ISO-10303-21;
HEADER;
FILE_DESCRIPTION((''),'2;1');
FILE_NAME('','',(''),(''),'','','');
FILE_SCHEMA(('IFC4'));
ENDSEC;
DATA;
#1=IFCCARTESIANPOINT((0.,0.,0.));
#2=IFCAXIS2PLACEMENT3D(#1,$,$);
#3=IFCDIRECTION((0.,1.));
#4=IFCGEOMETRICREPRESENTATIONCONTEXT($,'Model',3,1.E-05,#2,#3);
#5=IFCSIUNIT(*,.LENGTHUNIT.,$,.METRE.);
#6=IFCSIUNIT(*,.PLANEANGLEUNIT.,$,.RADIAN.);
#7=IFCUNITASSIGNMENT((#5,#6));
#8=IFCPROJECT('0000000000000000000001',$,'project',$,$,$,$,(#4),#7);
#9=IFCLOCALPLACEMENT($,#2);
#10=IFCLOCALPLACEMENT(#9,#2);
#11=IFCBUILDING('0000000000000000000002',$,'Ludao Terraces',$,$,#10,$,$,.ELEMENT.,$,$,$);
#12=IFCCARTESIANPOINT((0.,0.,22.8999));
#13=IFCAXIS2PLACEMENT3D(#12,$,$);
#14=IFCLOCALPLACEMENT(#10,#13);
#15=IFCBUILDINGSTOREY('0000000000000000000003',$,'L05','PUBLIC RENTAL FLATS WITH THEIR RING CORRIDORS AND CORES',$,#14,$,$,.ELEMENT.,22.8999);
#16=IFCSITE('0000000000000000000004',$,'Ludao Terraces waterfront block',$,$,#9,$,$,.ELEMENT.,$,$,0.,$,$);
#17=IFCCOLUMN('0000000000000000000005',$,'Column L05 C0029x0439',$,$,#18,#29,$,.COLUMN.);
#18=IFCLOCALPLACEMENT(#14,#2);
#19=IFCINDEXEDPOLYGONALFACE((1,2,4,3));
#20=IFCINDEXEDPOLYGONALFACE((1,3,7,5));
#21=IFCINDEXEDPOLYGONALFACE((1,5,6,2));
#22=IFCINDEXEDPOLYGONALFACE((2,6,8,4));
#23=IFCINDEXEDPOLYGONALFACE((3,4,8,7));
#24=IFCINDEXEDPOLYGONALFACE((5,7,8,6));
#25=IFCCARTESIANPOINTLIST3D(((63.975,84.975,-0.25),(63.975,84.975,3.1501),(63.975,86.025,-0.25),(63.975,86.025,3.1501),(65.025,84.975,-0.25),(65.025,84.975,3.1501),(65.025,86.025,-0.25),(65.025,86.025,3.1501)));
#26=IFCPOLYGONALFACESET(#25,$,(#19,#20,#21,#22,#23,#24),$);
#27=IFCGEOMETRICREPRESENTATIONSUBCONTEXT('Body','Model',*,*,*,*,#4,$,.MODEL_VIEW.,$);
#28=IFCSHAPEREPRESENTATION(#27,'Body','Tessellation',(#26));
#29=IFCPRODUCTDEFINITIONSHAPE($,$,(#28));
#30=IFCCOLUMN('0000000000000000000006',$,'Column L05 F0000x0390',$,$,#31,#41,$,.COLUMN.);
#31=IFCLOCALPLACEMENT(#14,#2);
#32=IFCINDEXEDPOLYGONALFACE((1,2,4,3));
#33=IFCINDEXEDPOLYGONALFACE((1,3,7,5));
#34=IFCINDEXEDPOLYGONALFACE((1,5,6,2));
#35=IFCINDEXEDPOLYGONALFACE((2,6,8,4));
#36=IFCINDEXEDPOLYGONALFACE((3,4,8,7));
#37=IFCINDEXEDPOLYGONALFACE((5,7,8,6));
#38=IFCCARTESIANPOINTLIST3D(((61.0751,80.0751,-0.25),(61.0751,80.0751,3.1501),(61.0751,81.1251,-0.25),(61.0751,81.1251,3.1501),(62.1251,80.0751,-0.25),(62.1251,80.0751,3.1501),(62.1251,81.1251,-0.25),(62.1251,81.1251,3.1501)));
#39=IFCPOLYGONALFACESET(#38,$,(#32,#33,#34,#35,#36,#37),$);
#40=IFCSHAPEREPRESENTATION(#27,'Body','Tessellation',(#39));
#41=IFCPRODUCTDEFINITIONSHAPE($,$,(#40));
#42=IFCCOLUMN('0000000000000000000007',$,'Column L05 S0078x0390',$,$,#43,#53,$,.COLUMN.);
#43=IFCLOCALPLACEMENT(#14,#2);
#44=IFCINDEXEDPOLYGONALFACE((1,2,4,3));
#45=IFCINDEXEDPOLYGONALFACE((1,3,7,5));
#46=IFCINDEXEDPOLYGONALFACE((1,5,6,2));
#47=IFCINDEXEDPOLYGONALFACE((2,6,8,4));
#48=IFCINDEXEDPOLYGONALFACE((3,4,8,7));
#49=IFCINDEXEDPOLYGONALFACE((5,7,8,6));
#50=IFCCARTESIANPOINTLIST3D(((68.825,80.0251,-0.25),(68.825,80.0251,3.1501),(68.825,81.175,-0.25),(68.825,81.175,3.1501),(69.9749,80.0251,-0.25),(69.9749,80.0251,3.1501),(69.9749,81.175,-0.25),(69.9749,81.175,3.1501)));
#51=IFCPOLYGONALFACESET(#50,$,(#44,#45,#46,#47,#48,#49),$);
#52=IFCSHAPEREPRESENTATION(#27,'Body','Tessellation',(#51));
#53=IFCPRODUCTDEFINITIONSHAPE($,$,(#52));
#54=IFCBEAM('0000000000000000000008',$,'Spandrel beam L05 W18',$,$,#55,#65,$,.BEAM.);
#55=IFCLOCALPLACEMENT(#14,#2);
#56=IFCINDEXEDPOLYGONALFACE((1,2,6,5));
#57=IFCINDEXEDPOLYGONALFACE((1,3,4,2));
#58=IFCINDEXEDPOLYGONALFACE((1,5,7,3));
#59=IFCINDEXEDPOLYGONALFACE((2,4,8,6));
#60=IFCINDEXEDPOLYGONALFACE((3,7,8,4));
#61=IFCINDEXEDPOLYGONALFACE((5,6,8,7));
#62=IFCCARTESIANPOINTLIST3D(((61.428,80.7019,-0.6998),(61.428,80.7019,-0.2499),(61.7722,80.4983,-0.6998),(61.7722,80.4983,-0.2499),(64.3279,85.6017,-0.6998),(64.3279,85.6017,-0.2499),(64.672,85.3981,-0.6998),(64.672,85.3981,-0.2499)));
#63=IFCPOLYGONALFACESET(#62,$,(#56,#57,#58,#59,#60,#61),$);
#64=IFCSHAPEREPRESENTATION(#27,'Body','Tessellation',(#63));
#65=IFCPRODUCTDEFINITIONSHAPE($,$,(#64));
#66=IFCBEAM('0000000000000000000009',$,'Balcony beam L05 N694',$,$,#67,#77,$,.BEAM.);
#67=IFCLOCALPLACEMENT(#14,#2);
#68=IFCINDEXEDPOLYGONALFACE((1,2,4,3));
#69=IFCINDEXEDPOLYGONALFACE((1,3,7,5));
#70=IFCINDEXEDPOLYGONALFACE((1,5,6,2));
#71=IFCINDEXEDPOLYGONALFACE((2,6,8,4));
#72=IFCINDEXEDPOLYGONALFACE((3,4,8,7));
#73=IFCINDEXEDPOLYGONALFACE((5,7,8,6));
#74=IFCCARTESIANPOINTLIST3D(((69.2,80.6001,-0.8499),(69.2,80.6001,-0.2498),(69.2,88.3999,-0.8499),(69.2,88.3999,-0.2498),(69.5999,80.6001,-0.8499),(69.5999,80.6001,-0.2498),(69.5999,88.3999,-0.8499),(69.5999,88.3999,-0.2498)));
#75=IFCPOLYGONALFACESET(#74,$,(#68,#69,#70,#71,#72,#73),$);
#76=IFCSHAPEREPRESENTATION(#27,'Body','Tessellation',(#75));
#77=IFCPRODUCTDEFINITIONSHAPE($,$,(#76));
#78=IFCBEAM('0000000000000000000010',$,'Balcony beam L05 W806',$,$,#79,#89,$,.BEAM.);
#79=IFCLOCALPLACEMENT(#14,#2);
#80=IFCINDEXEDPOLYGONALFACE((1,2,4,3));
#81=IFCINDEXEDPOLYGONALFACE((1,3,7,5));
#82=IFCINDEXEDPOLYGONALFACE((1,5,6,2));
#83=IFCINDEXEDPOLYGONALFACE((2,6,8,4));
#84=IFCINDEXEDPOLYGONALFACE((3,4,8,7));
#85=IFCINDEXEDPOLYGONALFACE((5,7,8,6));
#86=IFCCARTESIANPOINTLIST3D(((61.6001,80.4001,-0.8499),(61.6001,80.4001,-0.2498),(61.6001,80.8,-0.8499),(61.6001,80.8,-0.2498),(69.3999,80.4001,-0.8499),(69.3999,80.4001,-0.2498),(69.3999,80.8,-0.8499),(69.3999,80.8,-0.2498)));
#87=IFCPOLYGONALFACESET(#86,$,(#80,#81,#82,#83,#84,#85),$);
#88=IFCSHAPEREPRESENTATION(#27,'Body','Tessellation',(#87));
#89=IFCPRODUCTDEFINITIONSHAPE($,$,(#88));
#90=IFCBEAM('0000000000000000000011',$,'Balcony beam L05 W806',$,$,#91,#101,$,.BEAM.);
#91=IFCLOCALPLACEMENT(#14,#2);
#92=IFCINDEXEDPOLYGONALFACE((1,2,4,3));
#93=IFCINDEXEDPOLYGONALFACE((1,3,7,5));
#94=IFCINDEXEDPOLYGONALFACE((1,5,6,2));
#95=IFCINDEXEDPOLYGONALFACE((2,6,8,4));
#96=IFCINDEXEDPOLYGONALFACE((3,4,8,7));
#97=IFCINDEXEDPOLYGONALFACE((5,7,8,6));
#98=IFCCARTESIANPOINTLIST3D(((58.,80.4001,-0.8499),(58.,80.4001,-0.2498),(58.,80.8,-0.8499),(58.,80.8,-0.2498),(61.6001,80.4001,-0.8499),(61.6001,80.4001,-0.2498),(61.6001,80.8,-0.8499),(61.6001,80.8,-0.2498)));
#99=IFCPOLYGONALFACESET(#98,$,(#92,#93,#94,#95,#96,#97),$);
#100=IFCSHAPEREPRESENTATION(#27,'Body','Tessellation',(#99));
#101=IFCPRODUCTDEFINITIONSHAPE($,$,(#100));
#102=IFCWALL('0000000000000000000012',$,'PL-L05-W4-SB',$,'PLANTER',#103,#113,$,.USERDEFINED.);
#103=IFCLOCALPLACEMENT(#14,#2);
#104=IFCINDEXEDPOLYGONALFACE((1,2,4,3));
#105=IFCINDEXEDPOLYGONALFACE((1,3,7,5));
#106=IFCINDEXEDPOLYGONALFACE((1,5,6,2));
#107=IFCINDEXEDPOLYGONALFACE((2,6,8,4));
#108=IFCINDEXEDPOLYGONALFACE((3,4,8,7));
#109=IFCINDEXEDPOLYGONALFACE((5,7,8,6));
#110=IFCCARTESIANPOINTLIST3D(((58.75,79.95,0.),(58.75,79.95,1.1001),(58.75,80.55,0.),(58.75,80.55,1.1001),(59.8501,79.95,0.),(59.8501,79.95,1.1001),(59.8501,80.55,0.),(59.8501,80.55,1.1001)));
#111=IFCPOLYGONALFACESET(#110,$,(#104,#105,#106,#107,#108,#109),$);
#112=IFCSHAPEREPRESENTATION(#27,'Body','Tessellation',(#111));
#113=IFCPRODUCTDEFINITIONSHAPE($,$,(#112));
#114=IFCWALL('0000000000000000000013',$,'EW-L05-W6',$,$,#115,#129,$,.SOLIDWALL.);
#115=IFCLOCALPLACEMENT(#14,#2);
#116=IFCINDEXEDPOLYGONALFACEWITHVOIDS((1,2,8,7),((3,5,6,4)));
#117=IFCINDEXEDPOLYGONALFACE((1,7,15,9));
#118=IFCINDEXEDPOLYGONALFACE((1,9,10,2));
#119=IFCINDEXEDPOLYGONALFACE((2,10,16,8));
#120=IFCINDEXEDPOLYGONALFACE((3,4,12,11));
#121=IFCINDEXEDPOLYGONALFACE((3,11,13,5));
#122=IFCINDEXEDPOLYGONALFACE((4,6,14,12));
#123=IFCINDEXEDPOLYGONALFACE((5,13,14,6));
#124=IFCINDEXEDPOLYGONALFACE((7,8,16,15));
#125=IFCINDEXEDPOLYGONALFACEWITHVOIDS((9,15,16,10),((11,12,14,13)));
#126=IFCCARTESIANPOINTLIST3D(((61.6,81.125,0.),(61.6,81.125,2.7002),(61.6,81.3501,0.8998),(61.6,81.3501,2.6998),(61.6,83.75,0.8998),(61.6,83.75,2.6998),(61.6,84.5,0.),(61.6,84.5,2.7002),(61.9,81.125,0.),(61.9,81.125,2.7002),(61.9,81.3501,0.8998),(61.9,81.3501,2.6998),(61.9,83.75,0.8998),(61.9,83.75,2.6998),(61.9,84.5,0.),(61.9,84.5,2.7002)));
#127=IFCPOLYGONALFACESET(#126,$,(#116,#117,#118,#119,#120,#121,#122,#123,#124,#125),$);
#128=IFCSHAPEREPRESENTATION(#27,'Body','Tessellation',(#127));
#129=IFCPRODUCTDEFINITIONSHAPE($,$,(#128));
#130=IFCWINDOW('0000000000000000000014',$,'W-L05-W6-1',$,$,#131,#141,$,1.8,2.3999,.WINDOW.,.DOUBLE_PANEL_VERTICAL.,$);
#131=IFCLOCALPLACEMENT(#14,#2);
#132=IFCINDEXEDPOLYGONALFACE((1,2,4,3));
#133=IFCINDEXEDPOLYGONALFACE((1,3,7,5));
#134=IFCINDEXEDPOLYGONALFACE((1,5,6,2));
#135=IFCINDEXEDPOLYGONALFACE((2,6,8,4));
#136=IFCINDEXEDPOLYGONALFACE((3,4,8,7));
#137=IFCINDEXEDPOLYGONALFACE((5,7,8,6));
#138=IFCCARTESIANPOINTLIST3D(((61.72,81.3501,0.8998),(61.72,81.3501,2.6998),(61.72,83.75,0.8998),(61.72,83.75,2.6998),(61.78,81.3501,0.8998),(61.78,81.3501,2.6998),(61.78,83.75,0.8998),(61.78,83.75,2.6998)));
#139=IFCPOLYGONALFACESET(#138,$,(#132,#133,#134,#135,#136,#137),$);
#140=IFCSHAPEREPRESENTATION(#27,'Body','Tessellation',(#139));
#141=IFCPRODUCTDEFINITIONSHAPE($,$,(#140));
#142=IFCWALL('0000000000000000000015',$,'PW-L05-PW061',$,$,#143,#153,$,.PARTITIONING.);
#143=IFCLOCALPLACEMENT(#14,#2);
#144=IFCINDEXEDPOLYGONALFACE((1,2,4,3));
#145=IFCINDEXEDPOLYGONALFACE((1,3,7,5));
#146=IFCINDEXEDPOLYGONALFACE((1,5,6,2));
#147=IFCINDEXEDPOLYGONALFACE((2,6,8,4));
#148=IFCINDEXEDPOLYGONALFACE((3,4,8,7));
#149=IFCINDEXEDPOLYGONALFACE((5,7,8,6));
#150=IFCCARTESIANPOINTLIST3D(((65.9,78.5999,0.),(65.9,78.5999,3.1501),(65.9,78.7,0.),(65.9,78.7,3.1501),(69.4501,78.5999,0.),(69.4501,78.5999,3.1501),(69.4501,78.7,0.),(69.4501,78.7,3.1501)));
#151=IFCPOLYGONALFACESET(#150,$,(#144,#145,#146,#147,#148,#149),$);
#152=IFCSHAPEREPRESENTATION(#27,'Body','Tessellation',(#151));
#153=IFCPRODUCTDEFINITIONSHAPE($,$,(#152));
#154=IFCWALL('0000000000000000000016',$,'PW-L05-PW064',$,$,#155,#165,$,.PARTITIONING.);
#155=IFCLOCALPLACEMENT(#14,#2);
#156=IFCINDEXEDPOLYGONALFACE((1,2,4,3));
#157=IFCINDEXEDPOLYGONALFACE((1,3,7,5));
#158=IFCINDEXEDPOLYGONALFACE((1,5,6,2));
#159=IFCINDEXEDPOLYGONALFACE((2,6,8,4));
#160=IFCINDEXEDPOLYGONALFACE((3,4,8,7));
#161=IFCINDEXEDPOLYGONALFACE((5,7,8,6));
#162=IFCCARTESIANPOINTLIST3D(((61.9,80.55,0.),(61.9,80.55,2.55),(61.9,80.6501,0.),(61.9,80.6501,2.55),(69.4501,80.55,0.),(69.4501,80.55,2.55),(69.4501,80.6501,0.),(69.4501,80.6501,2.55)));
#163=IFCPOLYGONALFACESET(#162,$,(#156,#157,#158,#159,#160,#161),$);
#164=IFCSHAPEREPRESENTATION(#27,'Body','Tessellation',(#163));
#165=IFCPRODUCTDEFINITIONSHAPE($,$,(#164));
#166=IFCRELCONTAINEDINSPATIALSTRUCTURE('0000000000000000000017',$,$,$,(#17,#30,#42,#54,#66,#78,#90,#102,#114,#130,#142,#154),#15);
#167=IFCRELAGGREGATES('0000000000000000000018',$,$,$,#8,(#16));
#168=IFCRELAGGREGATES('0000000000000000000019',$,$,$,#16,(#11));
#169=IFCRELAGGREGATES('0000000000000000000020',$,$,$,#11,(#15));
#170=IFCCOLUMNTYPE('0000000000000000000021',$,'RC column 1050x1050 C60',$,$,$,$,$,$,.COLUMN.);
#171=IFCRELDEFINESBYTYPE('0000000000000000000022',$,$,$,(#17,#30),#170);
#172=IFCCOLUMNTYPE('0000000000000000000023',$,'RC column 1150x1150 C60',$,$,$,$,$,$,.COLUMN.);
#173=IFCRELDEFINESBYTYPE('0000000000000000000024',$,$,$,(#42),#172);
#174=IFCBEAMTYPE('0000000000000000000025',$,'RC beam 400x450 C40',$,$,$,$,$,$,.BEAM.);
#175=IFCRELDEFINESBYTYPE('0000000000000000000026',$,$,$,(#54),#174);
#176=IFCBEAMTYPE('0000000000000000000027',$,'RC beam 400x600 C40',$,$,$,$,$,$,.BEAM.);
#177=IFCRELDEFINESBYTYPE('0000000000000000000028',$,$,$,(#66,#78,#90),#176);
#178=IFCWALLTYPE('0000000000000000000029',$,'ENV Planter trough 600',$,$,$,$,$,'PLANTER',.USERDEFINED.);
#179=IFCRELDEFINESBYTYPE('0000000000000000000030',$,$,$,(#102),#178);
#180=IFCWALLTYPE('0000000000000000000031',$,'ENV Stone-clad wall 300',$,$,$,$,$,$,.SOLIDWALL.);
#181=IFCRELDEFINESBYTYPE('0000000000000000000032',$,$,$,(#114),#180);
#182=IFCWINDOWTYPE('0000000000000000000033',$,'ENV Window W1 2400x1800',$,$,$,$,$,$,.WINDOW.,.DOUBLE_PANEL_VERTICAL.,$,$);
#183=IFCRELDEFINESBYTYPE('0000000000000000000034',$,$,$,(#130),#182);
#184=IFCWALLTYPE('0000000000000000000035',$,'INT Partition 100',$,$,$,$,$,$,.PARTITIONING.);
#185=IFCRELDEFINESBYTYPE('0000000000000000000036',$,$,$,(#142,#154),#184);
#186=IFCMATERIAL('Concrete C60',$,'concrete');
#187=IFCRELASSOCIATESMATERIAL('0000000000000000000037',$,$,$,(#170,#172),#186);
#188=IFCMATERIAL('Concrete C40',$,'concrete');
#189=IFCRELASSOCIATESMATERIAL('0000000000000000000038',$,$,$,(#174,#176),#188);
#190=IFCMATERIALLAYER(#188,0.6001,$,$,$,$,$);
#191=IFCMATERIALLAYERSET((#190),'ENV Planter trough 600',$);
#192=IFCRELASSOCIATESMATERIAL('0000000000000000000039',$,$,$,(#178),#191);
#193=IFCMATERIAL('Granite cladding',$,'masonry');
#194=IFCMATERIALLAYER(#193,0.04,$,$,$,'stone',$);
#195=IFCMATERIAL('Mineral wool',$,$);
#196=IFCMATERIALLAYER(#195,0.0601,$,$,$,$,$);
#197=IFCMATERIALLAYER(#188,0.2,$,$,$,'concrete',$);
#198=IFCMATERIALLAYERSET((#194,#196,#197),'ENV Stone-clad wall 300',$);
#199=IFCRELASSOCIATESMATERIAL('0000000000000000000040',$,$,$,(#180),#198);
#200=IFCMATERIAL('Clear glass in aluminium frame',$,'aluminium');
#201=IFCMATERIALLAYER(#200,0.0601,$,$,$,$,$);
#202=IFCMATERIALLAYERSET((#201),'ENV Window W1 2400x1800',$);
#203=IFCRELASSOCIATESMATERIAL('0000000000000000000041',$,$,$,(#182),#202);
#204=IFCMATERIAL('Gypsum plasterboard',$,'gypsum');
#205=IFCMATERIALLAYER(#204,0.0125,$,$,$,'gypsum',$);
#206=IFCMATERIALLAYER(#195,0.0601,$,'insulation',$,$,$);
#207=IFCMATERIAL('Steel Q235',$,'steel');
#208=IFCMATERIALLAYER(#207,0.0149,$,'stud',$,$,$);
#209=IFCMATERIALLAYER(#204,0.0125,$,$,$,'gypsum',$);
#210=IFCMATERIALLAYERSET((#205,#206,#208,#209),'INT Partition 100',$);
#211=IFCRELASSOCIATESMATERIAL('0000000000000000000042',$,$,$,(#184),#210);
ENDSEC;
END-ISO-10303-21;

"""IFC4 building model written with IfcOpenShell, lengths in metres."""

from ifc_helpers import new_model, si_unit, direction, frame, frame_2d, origin, origin_2d, place, context, subcontext, project, spatial, rectangle, extrude, material, layer, layer_set, material_profile, profile_set, type_object, element, fill, save


model = new_model("IFC4")

# Units and contexts
model_context = context("Model", 3, precision=1e-05, world=origin(), true_north=direction((0.0, 1.0)))
body_context = subcontext(model_context, "Body", "Model", "MODEL_VIEW")
ifc_project = project(units=[si_unit("LENGTHUNIT", "METRE"), si_unit("PLANEANGLEUNIT", "RADIAN")], contexts=[model_context])

# Site, building, storey
site_placement = place(None, origin())
site = spatial("IfcSite", under=ifc_project, at=site_placement, Name="Ludao Terraces waterfront block", CompositionType="ELEMENT", RefElevation=0.0)
building_placement = place(site_placement, origin())
building = spatial("IfcBuilding", under=site, at=building_placement, Name="Ludao Terraces", CompositionType="ELEMENT")
storey_placement = place(building_placement, frame((0.0, 0.0, 22.8999)))
storey = spatial("IfcBuildingStorey", under=building, at=storey_placement, Name="L05", Description="PUBLIC RENTAL FLATS WITH THEIR RING CORRIDORS AND CORES", CompositionType="ELEMENT", Elevation=22.8999)

# Columns
ifc_material_1 = material(Name="Concrete C60", Category="concrete")
ifc_material_profile_1 = material_profile(ifc_material_1, rectangle(XDim=1.05, YDim=1.05, at=origin_2d()), Name="1050 X 1050")
ifc_profile_set_1 = profile_set([ifc_material_profile_1], Name="Concrete C60")
column_type_1 = type_object("IfcColumnType", Name="RC column 1050x1050 C60", PredefinedType="COLUMN", material=ifc_profile_set_1)
for number, where, z_axis, x_axis, name in (
    (1, (64.5, 85.5, -0.25), (0.0, 0.0, 1.0), (1.0, 0.0, 0.0), "Column L05 C0029x0439"),
    (2, (61.6001, 80.6001, -0.25), (0.0, 0.0, 1.0), (1.0, 0.0, 0.0), "Column L05 F0000x0390"),
):
    element("IfcColumn", number, at=place(storey_placement, frame(where, z_axis=z_axis, x_axis=x_axis)), inside=storey, type_object=column_type_1, Name=name, PredefinedType="COLUMN", context=body_context, shape_type="SweptSolid", body=[
        extrude(rectangle(XDim=1.05, YDim=1.05, at=origin_2d()), origin(), (0.0, 0.0, 1.0), 3.4001),
    ])
ifc_material_profile_2 = material_profile(ifc_material_1, rectangle(XDim=1.1499, YDim=1.1499, at=origin_2d()), Name="1150 X 1150")
ifc_profile_set_2 = profile_set([ifc_material_profile_2], Name="Concrete C60")
column_type_2 = type_object("IfcColumnType", Name="RC column 1150x1150 C60", PredefinedType="COLUMN", material=ifc_profile_set_2)
column_placement = place(storey_placement, frame((69.3999, 80.6001, -0.25), z_axis=(0.0, 0.0, 1.0), x_axis=(1.0, 0.0, 0.0)))
element("IfcColumn", 3, at=column_placement, inside=storey, type_object=column_type_2, Name="Column L05 S0078x0390", PredefinedType="COLUMN", context=body_context, shape_type="SweptSolid", body=[
    extrude(rectangle(XDim=1.1499, YDim=1.1499, at=origin_2d()), origin(), (0.0, 0.0, 1.0), 3.4001),
])

# Beams
ifc_material_2 = material(Name="Concrete C40", Category="concrete")
ifc_material_profile_3 = material_profile(ifc_material_2, rectangle(XDim=0.3999, YDim=0.45, at=origin_2d()), Name="400 X 450")
ifc_profile_set_3 = profile_set([ifc_material_profile_3], Name="Concrete C40")
beam_type_1 = type_object("IfcBeamType", Name="RC beam 400x450 C40", PredefinedType="BEAM", material=ifc_profile_set_3)
beam_1_placement = place(storey_placement, frame((61.6001, 80.6001, -0.4749), z_axis=(0.509316, 0.86058, 0.0), x_axis=(-0.86058, 0.509316, 0.0)))
element("IfcBeam", 4, at=beam_1_placement, inside=storey, type_object=beam_type_1, Name="Spandrel beam L05 W18", PredefinedType="BEAM", context=body_context, shape_type="SweptSolid", body=[
    extrude(rectangle(XDim=0.3999, YDim=0.45, at=origin_2d()), origin(), (0.0, 0.0, 1.0), 5.6936),
])
ifc_material_profile_4 = material_profile(ifc_material_2, rectangle(XDim=0.3999, YDim=0.6001, at=origin_2d()), Name="400 X 600")
ifc_profile_set_4 = profile_set([ifc_material_profile_4], Name="Concrete C40")
beam_type_2 = type_object("IfcBeamType", Name="RC beam 400x600 C40", PredefinedType="BEAM", material=ifc_profile_set_4)
for number, where, z_axis, x_axis, name in (
    (5, (69.3999, 80.6001, -0.5498), (0.0, 1.0, 0.0), (-1.0, 0.0, 0.0), "Balcony beam L05 N694"),
    (6, (69.3999, 80.6001, -0.5498), (-1.0, 0.0, 0.0), (0.0, -1.0, 0.0), "Balcony beam L05 W806"),
):
    element("IfcBeam", number, at=place(storey_placement, frame(where, z_axis=z_axis, x_axis=x_axis)), inside=storey, type_object=beam_type_2, Name=name, PredefinedType="BEAM", context=body_context, shape_type="SweptSolid", body=[
        extrude(rectangle(XDim=0.3999, YDim=0.6001, at=origin_2d()), origin(), (0.0, 0.0, 1.0), 7.7998),
    ])
beam_2_placement = place(storey_placement, frame((61.6001, 80.6001, -0.5498), z_axis=(-1.0, 0.0, 0.0), x_axis=(0.0, -1.0, 0.0)))
element("IfcBeam", 7, at=beam_2_placement, inside=storey, type_object=beam_type_2, Name="Balcony beam L05 W806", PredefinedType="BEAM", context=body_context, shape_type="SweptSolid", body=[
    extrude(rectangle(XDim=0.3999, YDim=0.6001, at=origin_2d()), origin(), (0.0, 0.0, 1.0), 3.6001),
])

# Wall
ifc_layer_1 = layer(ifc_material_2, 0.6001)
ifc_layer_set_1 = layer_set([ifc_layer_1], Name="ENV Planter trough 600")
wall_type_1 = type_object("IfcWallType", Name="ENV Planter trough 600", ElementType="PLANTER", PredefinedType="USERDEFINED", material=ifc_layer_set_1)
wall_1_placement = place(storey_placement, frame((58.75, 80.25, 0.0), z_axis=(0.0, 0.0, 1.0), x_axis=(1.0, 0.0, 0.0)))
element("IfcWall", 8, at=wall_1_placement, inside=storey, type_object=wall_type_1, Name="PL-L05-W4-SB", ObjectType="PLANTER", PredefinedType="USERDEFINED", context=body_context, shape_type="SweptSolid", body=[
    extrude(rectangle(XDim=1.1001, YDim=0.6001, at=frame_2d((0.55, 0.0))), origin(), (0.0, 0.0, 1.0), 1.1001),
])

# Wall, opening, window
ifc_material_3 = material(Name="Granite cladding", Category="masonry")
ifc_layer_2 = layer(ifc_material_3, 0.04, Category="stone")
ifc_material_4 = material(Name="Mineral wool")
ifc_layer_3 = layer(ifc_material_4, 0.0601)
ifc_layer_4 = layer(ifc_material_2, 0.2, Category="concrete")
ifc_layer_set_2 = layer_set([ifc_layer_2, ifc_layer_3, ifc_layer_4], Name="ENV Stone-clad wall 300")
wall_type_2 = type_object("IfcWallType", Name="ENV Stone-clad wall 300", PredefinedType="SOLIDWALL", material=ifc_layer_set_2)
wall_2_placement = place(storey_placement, frame((61.75, 81.125, 0.0), z_axis=(0.0, 0.0, 1.0), x_axis=(0.0, 1.0, 0.0)))
wall_2 = element("IfcWall", 9, at=wall_2_placement, inside=storey, type_object=wall_type_2, Name="EW-L05-W6", PredefinedType="SOLIDWALL", context=body_context, shape_type="SweptSolid", body=[
    extrude(rectangle(XDim=3.375, YDim=0.3, at=frame_2d((1.6875, 0.0))), origin(), (0.0, 0.0, 1.0), 2.7002),
])
opening_1_placement = place(wall_2_placement, frame((0.2251, 0.0, 0.8999)))
opening_1 = element("IfcOpeningElement", 10, at=opening_1_placement, cuts=wall_2, PredefinedType="OPENING", context=body_context, shape_type="SweptSolid", body=[
    extrude(rectangle(XDim=2.3999, YDim=1.8, at=frame_2d((1.2, 0.8999))), frame((0.0, 0.1602, 0.0), z_axis=(0.0, -1.0, 0.0), x_axis=(1.0, 0.0, 0.0)), (0.0, 0.0, 1.0), 0.3201),
])
ifc_material_5 = material(Name="Clear glass in aluminium frame", Category="aluminium")
ifc_layer_5 = layer(ifc_material_5, 0.0601)
ifc_layer_set_3 = layer_set([ifc_layer_5], Name="ENV Window W1 2400x1800")
window_type = type_object("IfcWindowType", Name="ENV Window W1 2400x1800", PartitioningType="DOUBLE_PANEL_VERTICAL", PredefinedType="WINDOW", material=ifc_layer_set_3)
window_placement = place(opening_1_placement, origin())
window = element("IfcWindow", 11, at=window_placement, inside=storey, type_object=window_type, Name="W-L05-W6-1", OverallHeight=1.8, OverallWidth=2.3999, PartitioningType="DOUBLE_PANEL_VERTICAL", PredefinedType="WINDOW", context=body_context, shape_type="SweptSolid", body=[
    extrude(rectangle(XDim=2.3999, YDim=1.8, at=frame_2d((1.2, 0.8999))), frame((0.0, 0.03, 0.0), z_axis=(0.0, -1.0, 0.0), x_axis=(1.0, 0.0, 0.0)), (0.0, 0.0, 1.0), 0.0601),
])
fill(opening_1, window)

# Walls
ifc_material_6 = material(Name="Gypsum plasterboard", Category="gypsum")
ifc_layer_6 = layer(ifc_material_6, 0.0125, Category="gypsum")
ifc_layer_7 = layer(ifc_material_4, 0.0601, Name="insulation")
ifc_material_7 = material(Name="Steel Q235", Category="steel")
ifc_layer_8 = layer(ifc_material_7, 0.0149, Name="stud")
ifc_layer_9 = layer(ifc_material_6, 0.0125, Category="gypsum")
ifc_layer_set_4 = layer_set([ifc_layer_6, ifc_layer_7, ifc_layer_8, ifc_layer_9], Name="INT Partition 100")
wall_type_3 = type_object("IfcWallType", Name="INT Partition 100", PredefinedType="PARTITIONING", material=ifc_layer_set_4)
wall_3_placement = place(storey_placement, frame((65.9001, 78.6499, 0.0), z_axis=(0.0, 0.0, 1.0), x_axis=(1.0, 0.0, 0.0)))
element("IfcWall", 12, at=wall_3_placement, inside=storey, type_object=wall_type_3, Name="PW-L05-PW061", PredefinedType="PARTITIONING", context=body_context, shape_type="SweptSolid", body=[
    extrude(rectangle(XDim=3.55, YDim=0.1001, at=frame_2d((1.7749, 0.0))), origin(), (0.0, 0.0, 1.0), 3.1501),
])
wall_4_placement = place(storey_placement, frame((61.9001, 80.6001, 0.0), z_axis=(0.0, 0.0, 1.0), x_axis=(1.0, 0.0, 0.0)))
element("IfcWall", 13, at=wall_4_placement, inside=storey, type_object=wall_type_3, Name="PW-L05-PW064", PredefinedType="PARTITIONING", context=body_context, shape_type="SweptSolid", body=[
    extrude(rectangle(XDim=7.55, YDim=0.1001, at=frame_2d((3.7749, 0.0))), origin(), (0.0, 0.0, 1.0), 2.55),
])

save(model, "model.ifc")
